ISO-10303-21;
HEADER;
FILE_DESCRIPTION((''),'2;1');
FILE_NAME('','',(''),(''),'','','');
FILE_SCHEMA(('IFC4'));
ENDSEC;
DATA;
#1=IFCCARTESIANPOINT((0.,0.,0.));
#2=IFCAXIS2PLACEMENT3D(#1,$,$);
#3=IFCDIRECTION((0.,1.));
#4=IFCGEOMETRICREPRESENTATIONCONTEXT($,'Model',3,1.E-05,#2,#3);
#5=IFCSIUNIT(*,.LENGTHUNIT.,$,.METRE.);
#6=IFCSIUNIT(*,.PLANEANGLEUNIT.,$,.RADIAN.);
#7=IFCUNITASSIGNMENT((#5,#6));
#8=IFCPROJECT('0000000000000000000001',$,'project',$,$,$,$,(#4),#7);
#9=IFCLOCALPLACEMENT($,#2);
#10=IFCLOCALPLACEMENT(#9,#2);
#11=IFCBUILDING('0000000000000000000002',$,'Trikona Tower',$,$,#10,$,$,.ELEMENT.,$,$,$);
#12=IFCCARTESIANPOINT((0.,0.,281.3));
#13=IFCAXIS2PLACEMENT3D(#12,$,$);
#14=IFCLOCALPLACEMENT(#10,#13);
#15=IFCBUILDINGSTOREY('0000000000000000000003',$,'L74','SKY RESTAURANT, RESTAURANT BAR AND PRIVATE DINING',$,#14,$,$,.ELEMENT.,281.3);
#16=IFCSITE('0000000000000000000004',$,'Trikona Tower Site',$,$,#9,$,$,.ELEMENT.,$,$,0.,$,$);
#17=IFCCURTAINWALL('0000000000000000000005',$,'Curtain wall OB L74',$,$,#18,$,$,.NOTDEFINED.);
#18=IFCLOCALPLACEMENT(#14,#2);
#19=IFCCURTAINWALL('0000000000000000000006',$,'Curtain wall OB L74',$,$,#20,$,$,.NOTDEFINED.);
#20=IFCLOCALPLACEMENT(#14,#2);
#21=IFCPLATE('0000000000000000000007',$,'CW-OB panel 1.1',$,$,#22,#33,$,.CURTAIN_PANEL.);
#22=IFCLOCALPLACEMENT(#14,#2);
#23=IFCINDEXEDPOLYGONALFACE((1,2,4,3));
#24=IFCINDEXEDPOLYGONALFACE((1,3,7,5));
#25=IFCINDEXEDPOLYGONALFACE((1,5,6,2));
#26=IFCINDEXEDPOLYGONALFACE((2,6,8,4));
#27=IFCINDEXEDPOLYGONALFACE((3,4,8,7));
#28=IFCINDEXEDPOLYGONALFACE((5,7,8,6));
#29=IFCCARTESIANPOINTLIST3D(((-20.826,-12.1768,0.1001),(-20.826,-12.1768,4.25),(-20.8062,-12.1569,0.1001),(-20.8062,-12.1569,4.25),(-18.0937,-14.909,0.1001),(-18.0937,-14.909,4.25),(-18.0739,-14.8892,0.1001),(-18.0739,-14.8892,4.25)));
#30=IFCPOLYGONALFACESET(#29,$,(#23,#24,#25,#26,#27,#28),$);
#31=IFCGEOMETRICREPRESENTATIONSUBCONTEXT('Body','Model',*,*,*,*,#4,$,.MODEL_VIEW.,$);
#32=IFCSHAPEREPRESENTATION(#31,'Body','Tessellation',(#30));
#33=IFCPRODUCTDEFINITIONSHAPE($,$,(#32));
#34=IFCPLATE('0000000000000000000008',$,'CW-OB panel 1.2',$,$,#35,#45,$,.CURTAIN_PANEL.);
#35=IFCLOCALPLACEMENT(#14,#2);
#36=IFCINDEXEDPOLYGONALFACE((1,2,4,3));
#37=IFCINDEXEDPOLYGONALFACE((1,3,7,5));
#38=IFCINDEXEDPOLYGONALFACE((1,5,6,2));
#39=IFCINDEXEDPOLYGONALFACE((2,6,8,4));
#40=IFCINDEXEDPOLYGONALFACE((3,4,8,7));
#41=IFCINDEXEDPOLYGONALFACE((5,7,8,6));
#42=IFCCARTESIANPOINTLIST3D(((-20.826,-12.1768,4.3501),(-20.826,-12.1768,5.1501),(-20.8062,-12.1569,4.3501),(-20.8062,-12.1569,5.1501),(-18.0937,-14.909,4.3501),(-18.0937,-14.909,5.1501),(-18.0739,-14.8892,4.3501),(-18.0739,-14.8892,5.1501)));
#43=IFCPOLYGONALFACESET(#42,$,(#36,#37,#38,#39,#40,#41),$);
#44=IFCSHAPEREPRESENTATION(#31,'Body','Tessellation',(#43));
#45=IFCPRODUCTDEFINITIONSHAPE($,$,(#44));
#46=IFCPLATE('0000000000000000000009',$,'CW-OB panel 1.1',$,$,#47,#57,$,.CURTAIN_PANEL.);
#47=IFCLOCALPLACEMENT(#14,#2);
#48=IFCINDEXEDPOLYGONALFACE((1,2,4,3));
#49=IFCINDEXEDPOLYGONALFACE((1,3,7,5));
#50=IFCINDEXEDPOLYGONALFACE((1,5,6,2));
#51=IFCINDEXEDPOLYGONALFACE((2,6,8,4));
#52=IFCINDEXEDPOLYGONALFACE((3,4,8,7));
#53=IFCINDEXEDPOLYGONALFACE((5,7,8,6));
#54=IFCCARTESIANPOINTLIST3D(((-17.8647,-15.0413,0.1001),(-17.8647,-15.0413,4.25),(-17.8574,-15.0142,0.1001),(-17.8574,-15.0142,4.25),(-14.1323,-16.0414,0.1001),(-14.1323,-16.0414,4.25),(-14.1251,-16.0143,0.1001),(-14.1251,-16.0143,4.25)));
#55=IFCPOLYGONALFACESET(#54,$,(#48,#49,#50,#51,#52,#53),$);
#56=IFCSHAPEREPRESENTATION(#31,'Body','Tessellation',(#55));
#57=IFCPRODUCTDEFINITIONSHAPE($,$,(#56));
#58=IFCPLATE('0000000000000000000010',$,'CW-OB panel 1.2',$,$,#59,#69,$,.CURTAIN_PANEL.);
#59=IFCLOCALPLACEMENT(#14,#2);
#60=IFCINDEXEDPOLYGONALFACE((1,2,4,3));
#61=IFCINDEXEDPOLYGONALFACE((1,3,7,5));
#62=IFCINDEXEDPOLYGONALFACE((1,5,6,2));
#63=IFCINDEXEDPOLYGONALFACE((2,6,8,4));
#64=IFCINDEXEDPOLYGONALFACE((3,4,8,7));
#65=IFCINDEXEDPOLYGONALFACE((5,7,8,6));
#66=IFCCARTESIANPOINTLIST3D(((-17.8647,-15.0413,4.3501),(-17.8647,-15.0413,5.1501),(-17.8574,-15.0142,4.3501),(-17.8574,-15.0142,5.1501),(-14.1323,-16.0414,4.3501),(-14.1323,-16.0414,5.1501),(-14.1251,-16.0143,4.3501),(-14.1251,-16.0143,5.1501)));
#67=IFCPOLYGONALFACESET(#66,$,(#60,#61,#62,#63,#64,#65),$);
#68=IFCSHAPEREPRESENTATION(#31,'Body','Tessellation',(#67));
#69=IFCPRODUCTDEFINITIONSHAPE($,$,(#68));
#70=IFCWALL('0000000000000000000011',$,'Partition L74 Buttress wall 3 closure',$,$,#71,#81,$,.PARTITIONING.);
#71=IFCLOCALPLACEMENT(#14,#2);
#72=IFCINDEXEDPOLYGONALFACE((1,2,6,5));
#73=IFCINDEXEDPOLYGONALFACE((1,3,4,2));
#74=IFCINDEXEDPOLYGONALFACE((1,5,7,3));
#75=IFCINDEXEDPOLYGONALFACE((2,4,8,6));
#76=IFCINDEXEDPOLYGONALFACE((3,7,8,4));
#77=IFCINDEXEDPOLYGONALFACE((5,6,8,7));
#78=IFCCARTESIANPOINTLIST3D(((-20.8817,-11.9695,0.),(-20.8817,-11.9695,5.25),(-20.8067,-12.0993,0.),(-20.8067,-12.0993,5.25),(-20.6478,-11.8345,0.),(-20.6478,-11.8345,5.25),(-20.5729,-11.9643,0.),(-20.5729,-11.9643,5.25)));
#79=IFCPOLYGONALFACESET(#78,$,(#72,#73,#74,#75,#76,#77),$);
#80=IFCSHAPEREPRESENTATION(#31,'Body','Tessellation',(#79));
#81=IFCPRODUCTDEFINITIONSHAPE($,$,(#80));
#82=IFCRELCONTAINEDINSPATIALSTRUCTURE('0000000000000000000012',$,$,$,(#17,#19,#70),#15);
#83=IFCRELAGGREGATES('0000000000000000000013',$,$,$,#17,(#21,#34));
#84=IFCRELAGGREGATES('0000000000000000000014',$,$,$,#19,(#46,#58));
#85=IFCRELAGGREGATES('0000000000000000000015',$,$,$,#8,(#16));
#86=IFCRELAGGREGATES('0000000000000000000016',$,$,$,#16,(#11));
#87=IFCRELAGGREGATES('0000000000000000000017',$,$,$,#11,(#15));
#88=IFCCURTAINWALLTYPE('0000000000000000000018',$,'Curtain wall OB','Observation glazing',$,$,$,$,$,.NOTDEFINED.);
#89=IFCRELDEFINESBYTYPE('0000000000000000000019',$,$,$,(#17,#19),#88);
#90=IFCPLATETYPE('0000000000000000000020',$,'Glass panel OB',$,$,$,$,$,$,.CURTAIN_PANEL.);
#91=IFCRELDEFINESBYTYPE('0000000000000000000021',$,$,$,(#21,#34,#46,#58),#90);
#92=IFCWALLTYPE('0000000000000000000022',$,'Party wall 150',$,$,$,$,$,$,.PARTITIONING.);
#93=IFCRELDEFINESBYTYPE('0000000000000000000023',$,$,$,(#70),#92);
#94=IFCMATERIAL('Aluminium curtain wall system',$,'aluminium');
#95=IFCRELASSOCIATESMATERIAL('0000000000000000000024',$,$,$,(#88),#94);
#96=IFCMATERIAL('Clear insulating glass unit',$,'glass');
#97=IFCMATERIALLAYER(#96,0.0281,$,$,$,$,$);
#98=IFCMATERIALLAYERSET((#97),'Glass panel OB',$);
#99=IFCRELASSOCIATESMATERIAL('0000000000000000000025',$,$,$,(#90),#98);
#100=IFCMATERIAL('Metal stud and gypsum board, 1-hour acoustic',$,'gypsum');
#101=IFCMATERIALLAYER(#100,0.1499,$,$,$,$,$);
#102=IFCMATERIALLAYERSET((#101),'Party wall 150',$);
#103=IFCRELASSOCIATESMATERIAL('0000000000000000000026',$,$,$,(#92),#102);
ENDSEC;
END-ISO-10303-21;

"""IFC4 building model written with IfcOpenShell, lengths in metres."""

from ifc_helpers import new_model, si_unit, direction, frame, frame_2d, origin, origin_2d, place, context, subcontext, project, spatial, rectangle, extrude, material, layer, layer_set, type_object, element, aggregate, save


model = new_model("IFC4")

# Units and contexts
model_context = context("Model", 3, precision=1e-05, world=origin(), true_north=direction((0.0, 1.0)))
body_context = subcontext(model_context, "Body", "Model", "MODEL_VIEW")
ifc_project = project(units=[si_unit("LENGTHUNIT", "METRE"), si_unit("PLANEANGLEUNIT", "RADIAN")], contexts=[model_context])

# Site, building, storey
site_placement = place(None, origin())
site = spatial("IfcSite", under=ifc_project, at=site_placement, Name="Trikona Tower Site", CompositionType="ELEMENT", RefElevation=0.0)
building_placement = place(site_placement, origin())
building = spatial("IfcBuilding", under=site, at=building_placement, Name="Trikona Tower", CompositionType="ELEMENT")
storey_placement = place(building_placement, frame((0.0, 0.0, 281.3)))
storey = spatial("IfcBuildingStorey", under=building, at=storey_placement, Name="L74", Description="SKY RESTAURANT, RESTAURANT BAR AND PRIVATE DINING", CompositionType="ELEMENT", Elevation=281.3)

# Shared definitions
ifc_material_1 = material(Name="Aluminium curtain wall system", Category="aluminium")
curtain_wall_type = type_object("IfcCurtainWallType", Name="Curtain wall OB", Description="Observation glazing", PredefinedType="NOTDEFINED", material=ifc_material_1)

# Curtain walls
curtain_wall_1_placement = place(storey_placement, origin())
curtain_wall_1 = element("IfcCurtainWall", 1, at=curtain_wall_1_placement, inside=storey, type_object=curtain_wall_type, Name="Curtain wall OB L74", PredefinedType="NOTDEFINED")
curtain_wall_2_placement = place(storey_placement, origin())
curtain_wall_2 = element("IfcCurtainWall", 2, at=curtain_wall_2_placement, inside=storey, type_object=curtain_wall_type, Name="Curtain wall OB L74", PredefinedType="NOTDEFINED")

# Plates
ifc_material_2 = material(Name="Clear insulating glass unit", Category="glass")
ifc_layer_1 = layer(ifc_material_2, 0.0281)
ifc_layer_set_1 = layer_set([ifc_layer_1], Name="Glass panel OB")
plate_type = type_object("IfcPlateType", Name="Glass panel OB", PredefinedType="CURTAIN_PANEL", material=ifc_layer_set_1)
plate_1_placement = place(storey_placement, frame((-19.45, -13.533, 0.1001), z_axis=(0.0, 0.0, 1.0), x_axis=(0.707107, -0.707107, 0.0)))
plate_1 = element("IfcPlate", 3, at=plate_1_placement, type_object=plate_type, Name="CW-OB panel 1.1", PredefinedType="CURTAIN_PANEL", context=body_context, shape_type="SweptSolid", body=[
    extrude(rectangle(XDim=3.864, YDim=0.0281, at=origin_2d()), origin(), (0.0, 0.0, 1.0), 4.1499),
])
plate_2_placement = place(storey_placement, frame((-19.45, -13.533, 4.3501), z_axis=(0.0, 0.0, 1.0), x_axis=(0.707107, -0.707107, 0.0)))
plate_2 = element("IfcPlate", 4, at=plate_2_placement, type_object=plate_type, Name="CW-OB panel 1.2", PredefinedType="CURTAIN_PANEL", context=body_context, shape_type="SweptSolid", body=[
    extrude(rectangle(XDim=3.864, YDim=0.0281, at=origin_2d()), origin(), (0.0, 0.0, 1.0), 0.8),
])
aggregate(curtain_wall_1, [plate_1, plate_2])
plate_3_placement = place(storey_placement, frame((-15.9949, -15.5278, 0.1001), z_axis=(0.0, 0.0, 1.0), x_axis=(0.965923, -0.258828, 0.0)))
plate_3 = element("IfcPlate", 5, at=plate_3_placement, type_object=plate_type, Name="CW-OB panel 1.1", PredefinedType="CURTAIN_PANEL", context=body_context, shape_type="SweptSolid", body=[
    extrude(rectangle(XDim=3.864, YDim=0.0281, at=origin_2d()), origin(), (0.0, 0.0, 1.0), 4.1499),
])
plate_4_placement = place(storey_placement, frame((-15.9949, -15.5278, 4.3501), z_axis=(0.0, 0.0, 1.0), x_axis=(0.965923, -0.258828, 0.0)))
plate_4 = element("IfcPlate", 6, at=plate_4_placement, type_object=plate_type, Name="CW-OB panel 1.2", PredefinedType="CURTAIN_PANEL", context=body_context, shape_type="SweptSolid", body=[
    extrude(rectangle(XDim=3.864, YDim=0.0281, at=origin_2d()), origin(), (0.0, 0.0, 1.0), 0.8),
])
aggregate(curtain_wall_2, [plate_3, plate_4])

# Wall
ifc_material_3 = material(Name="Metal stud and gypsum board, 1-hour acoustic", Category="gypsum")
ifc_layer_2 = layer(ifc_material_3, 0.1499)
ifc_layer_set_2 = layer_set([ifc_layer_2], Name="Party wall 150")
wall_type_1 = type_object("IfcWallType", Name="Party wall 150", PredefinedType="PARTITIONING", material=ifc_layer_set_2)
wall_1_placement = place(storey_placement, frame((-20.6104, -11.8994, 0.0), z_axis=(0.0, 0.0, 1.0), x_axis=(-0.866065, -0.499931, 0.0)))
element("IfcWall", 7, at=wall_1_placement, inside=storey, type_object=wall_type_1, Name="Partition L74 Buttress wall 3 closure", PredefinedType="PARTITIONING", context=body_context, shape_type="SweptSolid", body=[
    extrude(rectangle(XDim=0.27, YDim=0.1499, at=frame_2d((0.135, 0.0))), origin(), (0.0, 0.0, 1.0), 5.25),
])

save(model, "model.ifc")
